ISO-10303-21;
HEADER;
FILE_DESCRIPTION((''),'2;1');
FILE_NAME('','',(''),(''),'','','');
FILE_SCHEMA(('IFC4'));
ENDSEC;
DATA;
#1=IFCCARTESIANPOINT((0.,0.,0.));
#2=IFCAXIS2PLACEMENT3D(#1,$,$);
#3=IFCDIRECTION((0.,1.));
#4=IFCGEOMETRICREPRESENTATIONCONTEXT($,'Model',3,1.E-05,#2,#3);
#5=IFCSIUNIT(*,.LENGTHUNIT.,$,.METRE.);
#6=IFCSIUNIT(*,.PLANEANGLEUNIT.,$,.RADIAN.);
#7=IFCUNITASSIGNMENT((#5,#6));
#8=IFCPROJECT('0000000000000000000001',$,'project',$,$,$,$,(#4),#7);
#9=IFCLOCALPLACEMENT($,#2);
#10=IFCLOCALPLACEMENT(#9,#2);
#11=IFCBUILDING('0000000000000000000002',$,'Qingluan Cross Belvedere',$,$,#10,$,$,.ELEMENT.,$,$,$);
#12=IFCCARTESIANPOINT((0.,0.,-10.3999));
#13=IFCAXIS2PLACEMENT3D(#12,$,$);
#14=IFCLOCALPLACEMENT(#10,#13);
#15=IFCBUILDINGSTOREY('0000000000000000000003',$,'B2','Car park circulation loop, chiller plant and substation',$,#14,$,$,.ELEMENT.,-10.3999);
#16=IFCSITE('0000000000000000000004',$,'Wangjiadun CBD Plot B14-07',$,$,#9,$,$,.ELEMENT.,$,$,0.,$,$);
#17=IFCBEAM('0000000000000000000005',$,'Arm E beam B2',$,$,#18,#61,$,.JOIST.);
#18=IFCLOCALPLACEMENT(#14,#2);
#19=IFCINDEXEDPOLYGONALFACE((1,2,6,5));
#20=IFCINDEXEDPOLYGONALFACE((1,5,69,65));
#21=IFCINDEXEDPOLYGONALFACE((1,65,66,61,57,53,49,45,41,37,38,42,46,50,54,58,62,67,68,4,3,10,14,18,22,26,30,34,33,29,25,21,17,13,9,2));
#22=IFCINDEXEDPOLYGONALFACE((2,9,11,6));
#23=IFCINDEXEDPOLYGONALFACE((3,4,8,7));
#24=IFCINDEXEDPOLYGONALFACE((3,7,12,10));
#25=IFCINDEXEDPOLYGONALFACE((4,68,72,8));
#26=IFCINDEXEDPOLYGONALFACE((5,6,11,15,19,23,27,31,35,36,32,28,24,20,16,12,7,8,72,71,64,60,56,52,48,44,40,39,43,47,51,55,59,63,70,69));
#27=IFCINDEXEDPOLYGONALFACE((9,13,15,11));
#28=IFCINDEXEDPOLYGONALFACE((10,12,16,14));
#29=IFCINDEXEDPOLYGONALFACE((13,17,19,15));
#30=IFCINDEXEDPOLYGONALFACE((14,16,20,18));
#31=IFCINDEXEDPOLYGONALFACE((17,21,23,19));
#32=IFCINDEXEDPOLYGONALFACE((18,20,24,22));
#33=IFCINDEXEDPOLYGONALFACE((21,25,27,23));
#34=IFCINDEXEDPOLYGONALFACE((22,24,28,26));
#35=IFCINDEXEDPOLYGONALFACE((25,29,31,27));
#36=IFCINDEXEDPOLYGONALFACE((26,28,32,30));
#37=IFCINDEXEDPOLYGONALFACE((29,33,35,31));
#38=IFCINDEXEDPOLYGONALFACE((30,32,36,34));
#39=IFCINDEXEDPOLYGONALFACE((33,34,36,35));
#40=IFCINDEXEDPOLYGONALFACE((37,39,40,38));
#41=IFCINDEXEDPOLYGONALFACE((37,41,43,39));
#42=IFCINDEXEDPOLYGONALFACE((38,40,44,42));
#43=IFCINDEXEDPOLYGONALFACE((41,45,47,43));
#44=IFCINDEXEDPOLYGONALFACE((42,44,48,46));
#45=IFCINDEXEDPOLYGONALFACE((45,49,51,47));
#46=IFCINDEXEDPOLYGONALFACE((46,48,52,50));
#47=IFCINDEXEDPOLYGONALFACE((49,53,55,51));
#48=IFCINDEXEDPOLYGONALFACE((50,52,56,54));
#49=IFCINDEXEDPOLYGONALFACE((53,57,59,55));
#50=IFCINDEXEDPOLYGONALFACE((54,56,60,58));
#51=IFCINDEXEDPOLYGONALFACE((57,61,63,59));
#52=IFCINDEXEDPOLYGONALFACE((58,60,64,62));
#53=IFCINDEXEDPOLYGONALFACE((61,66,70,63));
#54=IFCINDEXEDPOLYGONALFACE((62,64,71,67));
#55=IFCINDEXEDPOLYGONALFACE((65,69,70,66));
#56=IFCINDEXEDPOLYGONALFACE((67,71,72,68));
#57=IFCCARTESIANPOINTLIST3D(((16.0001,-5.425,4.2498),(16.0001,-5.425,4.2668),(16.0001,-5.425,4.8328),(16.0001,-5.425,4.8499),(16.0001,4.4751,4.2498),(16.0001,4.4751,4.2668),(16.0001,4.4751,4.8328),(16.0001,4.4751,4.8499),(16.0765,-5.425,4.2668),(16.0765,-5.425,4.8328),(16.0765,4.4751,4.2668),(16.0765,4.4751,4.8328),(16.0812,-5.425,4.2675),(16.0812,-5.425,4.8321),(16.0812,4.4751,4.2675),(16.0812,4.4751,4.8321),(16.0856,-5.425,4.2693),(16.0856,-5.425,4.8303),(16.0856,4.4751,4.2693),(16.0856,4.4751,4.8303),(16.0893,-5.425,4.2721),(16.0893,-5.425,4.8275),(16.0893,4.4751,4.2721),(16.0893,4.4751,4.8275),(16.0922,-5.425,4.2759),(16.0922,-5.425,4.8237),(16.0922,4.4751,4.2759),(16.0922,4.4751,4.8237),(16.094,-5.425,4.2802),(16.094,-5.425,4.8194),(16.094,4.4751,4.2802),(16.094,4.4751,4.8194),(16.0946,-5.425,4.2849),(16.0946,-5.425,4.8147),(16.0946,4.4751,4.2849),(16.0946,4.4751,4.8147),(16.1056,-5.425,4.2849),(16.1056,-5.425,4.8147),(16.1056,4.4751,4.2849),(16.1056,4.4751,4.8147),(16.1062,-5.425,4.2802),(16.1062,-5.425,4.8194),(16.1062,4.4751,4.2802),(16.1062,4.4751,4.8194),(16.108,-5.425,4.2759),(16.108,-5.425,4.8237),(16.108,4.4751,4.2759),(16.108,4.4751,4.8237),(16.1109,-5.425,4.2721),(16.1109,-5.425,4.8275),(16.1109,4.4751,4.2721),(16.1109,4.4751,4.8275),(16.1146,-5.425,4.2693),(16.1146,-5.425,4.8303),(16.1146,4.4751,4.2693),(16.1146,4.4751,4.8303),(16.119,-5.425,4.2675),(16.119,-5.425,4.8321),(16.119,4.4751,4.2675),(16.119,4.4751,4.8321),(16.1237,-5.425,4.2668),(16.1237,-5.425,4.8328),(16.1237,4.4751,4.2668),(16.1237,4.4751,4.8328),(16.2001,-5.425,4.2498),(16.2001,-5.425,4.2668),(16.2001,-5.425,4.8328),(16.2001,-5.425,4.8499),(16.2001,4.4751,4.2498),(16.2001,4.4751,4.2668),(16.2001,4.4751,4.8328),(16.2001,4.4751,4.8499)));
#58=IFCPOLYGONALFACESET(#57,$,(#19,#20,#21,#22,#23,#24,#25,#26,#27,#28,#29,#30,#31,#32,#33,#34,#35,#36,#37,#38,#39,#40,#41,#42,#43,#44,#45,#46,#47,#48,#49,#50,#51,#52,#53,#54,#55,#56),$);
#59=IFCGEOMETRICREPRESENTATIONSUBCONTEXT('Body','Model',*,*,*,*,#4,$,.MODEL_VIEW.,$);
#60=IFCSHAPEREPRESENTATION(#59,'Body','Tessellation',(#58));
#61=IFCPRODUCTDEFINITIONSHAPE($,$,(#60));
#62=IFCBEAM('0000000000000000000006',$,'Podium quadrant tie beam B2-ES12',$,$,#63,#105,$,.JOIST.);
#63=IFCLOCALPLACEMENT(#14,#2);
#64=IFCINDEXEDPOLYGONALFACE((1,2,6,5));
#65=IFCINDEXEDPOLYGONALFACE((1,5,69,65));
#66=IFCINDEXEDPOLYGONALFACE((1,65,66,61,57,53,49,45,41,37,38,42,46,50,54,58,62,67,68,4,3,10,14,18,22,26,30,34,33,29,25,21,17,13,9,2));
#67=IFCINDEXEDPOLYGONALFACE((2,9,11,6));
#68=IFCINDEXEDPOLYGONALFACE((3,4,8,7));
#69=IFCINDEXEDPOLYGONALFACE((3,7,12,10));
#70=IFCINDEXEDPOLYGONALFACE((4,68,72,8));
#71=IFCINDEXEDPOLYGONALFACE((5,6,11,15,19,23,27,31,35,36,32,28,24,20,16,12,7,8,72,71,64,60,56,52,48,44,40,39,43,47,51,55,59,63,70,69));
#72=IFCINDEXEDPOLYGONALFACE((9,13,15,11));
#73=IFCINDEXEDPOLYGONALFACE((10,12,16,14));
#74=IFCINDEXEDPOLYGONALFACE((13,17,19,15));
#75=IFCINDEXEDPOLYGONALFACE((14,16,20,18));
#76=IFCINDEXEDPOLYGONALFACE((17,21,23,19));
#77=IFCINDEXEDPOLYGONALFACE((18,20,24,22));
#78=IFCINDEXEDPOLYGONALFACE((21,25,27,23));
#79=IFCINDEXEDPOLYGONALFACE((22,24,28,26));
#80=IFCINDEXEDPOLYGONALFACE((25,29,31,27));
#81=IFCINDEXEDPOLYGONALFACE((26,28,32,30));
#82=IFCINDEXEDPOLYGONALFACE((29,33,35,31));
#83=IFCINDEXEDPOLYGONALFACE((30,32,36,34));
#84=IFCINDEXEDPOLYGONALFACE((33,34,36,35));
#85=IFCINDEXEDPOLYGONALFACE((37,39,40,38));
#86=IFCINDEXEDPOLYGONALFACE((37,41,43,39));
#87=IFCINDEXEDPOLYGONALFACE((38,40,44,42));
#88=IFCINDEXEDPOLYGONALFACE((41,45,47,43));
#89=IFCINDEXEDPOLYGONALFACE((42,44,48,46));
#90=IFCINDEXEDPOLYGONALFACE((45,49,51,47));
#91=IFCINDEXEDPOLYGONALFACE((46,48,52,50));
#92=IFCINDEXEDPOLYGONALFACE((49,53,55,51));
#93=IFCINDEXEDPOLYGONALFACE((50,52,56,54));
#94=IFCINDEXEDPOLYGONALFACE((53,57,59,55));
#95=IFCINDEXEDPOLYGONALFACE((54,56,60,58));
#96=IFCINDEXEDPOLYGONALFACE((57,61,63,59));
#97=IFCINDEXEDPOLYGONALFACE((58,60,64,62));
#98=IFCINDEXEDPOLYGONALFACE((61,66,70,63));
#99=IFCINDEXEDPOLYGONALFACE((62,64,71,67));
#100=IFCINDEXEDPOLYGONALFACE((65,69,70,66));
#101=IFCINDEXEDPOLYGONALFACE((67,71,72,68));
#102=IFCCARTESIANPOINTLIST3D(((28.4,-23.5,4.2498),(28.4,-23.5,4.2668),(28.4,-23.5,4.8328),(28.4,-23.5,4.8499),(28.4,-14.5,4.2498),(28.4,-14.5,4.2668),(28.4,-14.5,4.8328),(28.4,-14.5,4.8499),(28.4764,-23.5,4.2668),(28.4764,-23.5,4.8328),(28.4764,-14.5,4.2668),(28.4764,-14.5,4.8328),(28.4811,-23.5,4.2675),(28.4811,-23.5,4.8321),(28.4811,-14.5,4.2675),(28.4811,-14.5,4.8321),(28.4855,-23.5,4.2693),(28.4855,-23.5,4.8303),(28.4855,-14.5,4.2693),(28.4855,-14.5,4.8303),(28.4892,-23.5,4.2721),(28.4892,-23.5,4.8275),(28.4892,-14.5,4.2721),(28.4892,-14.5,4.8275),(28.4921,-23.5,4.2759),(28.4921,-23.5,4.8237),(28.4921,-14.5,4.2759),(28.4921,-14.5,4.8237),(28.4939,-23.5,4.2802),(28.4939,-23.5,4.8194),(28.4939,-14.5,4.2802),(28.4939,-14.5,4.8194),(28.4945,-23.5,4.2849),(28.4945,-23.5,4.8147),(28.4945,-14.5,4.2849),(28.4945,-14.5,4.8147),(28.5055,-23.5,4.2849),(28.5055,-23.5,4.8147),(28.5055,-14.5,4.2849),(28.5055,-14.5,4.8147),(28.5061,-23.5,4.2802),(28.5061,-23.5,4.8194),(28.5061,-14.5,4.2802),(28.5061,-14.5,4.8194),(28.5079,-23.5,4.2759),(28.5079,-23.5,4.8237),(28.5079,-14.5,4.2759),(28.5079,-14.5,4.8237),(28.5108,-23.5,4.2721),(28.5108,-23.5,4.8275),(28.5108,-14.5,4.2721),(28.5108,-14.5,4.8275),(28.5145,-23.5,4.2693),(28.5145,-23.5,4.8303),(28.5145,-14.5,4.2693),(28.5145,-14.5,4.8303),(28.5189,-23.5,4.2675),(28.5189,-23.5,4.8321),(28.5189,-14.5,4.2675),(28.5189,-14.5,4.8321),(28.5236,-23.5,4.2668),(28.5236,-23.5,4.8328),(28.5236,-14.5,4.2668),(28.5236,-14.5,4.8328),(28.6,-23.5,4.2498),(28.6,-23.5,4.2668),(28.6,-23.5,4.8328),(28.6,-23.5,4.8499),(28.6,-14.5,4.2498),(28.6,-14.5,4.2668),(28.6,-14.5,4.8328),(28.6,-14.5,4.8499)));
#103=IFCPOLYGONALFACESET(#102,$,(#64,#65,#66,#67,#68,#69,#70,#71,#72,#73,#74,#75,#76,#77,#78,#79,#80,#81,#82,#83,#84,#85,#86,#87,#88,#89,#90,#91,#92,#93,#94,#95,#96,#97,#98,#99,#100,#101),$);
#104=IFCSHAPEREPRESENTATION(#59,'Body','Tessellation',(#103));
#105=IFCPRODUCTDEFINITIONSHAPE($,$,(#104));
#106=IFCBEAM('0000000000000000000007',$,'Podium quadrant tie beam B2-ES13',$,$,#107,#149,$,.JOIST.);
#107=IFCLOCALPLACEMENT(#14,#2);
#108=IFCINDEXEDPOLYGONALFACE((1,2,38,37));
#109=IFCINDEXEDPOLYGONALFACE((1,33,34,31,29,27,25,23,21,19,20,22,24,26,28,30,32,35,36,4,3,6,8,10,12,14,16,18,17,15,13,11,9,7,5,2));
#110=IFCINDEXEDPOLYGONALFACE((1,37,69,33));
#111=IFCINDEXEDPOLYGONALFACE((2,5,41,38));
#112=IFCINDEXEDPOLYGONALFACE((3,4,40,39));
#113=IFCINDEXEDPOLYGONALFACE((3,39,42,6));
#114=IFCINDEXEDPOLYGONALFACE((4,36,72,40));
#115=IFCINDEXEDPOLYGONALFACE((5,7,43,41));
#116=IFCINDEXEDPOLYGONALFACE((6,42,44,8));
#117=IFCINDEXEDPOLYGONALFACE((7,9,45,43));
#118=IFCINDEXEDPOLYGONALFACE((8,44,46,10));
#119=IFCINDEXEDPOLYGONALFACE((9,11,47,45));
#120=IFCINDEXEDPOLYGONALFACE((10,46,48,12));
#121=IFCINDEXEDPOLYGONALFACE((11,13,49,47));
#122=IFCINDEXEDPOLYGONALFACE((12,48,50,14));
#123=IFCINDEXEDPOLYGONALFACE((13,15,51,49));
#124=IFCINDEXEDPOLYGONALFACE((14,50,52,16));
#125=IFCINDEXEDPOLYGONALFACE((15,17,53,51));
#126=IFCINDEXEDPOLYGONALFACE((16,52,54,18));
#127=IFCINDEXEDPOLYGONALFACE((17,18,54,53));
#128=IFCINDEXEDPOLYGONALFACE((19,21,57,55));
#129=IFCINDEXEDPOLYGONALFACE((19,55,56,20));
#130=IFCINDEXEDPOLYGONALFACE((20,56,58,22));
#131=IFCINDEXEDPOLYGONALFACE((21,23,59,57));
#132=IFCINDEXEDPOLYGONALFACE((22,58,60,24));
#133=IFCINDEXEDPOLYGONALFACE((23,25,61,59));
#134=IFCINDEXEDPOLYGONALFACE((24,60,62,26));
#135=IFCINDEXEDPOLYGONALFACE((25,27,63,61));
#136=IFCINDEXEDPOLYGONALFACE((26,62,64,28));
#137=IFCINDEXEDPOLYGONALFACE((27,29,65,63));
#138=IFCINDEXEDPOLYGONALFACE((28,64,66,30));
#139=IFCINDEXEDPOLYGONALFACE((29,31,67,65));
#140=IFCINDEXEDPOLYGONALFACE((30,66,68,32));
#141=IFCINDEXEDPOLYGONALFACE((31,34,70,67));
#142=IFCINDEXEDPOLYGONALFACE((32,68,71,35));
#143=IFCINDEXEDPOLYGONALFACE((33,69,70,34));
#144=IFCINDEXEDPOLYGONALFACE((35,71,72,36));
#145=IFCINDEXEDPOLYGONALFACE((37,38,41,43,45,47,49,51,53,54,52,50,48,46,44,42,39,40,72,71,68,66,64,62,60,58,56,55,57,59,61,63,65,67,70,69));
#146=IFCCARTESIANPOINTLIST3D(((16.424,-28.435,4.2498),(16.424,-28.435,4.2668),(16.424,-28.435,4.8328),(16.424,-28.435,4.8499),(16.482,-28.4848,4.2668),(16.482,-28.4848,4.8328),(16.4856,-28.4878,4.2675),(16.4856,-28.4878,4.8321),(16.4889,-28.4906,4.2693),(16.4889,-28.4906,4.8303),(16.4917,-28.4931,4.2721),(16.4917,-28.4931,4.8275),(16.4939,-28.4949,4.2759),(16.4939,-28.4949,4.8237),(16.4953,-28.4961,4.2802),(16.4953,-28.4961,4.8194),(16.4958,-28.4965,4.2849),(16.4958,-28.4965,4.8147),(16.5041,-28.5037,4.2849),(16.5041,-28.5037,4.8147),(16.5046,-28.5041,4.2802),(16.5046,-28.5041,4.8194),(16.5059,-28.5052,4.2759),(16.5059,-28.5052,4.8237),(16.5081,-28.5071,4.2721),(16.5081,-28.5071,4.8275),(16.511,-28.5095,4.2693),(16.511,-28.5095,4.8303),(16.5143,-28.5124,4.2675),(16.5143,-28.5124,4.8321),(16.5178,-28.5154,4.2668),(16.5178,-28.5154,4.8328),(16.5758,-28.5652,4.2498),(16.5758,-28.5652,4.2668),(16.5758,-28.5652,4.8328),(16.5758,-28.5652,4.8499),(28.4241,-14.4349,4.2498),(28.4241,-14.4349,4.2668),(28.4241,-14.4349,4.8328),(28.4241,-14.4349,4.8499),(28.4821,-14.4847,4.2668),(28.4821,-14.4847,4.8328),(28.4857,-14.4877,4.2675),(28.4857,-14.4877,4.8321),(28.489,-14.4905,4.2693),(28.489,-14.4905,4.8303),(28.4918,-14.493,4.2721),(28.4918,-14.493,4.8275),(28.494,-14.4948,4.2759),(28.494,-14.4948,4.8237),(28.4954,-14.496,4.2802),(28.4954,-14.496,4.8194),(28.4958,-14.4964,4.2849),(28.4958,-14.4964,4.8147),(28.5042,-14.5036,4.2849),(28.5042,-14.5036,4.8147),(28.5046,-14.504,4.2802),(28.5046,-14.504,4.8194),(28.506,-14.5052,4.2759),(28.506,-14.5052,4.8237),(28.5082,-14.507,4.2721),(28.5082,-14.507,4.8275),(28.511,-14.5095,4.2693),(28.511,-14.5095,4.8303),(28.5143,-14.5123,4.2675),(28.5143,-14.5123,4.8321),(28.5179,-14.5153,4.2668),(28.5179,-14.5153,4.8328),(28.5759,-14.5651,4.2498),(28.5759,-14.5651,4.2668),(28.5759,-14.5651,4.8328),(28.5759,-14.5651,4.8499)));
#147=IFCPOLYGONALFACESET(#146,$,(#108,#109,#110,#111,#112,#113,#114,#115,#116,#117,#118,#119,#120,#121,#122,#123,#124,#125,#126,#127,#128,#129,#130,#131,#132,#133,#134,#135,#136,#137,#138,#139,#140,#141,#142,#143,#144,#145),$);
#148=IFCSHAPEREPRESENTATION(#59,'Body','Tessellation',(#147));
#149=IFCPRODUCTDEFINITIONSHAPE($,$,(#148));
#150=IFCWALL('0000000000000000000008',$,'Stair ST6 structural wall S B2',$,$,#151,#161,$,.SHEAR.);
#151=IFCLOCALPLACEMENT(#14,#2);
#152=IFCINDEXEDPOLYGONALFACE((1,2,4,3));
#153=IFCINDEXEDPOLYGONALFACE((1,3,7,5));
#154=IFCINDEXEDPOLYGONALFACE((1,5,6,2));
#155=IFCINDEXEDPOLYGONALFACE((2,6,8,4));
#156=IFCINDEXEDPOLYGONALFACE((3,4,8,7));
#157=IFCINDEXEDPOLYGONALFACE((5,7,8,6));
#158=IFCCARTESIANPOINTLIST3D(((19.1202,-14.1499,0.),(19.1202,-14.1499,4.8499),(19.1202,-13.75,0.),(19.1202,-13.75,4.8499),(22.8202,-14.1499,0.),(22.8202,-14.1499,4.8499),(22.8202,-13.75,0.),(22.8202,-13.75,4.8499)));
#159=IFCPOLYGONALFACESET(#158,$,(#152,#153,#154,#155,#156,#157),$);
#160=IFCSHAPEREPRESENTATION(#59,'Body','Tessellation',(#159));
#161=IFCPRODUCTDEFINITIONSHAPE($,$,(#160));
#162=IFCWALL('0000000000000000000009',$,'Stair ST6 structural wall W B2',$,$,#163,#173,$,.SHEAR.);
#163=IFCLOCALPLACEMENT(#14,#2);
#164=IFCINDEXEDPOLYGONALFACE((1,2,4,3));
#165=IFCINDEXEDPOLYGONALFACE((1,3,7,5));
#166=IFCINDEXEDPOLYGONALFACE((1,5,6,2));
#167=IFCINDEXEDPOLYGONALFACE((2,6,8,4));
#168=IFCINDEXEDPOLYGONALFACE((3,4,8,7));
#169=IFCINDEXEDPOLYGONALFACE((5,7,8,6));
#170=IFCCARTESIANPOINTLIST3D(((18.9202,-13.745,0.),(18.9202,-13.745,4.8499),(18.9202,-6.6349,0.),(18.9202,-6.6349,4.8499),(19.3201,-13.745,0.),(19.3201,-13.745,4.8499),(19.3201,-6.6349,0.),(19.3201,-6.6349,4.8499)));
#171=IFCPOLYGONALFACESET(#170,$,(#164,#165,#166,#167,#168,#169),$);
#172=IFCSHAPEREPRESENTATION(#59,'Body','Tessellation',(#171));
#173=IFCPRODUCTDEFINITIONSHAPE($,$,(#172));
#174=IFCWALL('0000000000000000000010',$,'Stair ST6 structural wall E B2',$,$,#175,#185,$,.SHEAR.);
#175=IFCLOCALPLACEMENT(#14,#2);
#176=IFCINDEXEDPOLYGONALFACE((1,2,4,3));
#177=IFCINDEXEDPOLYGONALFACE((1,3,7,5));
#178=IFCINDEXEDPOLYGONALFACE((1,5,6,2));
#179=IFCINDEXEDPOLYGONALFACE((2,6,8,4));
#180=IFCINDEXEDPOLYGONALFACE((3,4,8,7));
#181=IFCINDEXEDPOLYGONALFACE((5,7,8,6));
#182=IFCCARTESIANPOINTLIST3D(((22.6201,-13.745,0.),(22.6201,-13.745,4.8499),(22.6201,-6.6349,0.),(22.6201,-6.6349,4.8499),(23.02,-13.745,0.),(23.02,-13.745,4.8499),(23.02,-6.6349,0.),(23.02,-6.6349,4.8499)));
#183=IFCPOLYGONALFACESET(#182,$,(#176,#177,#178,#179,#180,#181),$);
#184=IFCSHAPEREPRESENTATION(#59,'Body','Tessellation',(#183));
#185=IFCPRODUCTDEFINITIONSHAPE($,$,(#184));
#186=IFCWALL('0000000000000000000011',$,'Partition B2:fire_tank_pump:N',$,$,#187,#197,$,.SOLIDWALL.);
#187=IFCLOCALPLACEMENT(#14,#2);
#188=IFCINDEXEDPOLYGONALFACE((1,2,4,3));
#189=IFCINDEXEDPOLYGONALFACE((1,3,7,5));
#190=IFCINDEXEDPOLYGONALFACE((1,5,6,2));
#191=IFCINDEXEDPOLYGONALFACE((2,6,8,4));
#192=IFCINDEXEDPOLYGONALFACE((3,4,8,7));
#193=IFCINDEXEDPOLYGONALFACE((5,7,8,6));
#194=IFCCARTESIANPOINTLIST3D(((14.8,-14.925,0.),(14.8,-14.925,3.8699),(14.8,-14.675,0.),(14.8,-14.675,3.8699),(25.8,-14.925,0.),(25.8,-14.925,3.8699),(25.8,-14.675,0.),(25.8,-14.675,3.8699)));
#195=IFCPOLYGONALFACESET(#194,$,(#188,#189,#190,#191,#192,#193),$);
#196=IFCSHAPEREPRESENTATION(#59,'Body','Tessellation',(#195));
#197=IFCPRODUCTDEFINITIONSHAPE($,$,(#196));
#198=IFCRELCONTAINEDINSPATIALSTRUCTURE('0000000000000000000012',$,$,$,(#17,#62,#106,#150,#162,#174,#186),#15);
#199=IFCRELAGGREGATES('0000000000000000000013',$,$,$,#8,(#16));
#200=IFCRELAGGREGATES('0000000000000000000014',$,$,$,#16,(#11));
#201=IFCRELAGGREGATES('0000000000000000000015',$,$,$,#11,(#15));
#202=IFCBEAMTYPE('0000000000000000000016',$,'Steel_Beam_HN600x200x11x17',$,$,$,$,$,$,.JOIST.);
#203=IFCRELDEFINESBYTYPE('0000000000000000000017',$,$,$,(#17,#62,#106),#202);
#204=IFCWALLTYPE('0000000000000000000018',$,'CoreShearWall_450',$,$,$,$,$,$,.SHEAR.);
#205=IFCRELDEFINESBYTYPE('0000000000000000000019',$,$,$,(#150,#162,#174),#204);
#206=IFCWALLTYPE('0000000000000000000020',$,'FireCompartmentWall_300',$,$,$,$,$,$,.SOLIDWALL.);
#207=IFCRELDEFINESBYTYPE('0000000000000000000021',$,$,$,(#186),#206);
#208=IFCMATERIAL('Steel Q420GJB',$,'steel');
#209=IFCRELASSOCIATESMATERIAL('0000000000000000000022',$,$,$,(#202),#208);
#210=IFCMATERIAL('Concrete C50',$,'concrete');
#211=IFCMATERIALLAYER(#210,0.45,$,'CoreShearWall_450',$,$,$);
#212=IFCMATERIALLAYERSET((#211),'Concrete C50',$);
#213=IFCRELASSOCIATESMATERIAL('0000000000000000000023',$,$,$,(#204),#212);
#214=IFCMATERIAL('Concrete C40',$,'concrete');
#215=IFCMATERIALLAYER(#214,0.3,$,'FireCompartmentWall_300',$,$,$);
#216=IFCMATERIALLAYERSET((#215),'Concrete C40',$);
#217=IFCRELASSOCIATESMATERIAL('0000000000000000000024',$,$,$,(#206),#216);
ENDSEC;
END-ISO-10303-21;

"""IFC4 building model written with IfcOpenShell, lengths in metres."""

from ifc_helpers import new_model, si_unit, direction, frame, frame_2d, origin, origin_2d, place, context, subcontext, project, spatial, rectangle, i_section, extrude, material, layer, layer_set, material_profile, profile_set, type_object, element, save


model = new_model("IFC4")

# Units and contexts
model_context = context("Model", 3, precision=1e-05, world=origin(), true_north=direction((0.0, 1.0)))
body_context = subcontext(model_context, "Body", "Model", "MODEL_VIEW")
ifc_project = project(units=[si_unit("LENGTHUNIT", "METRE"), si_unit("PLANEANGLEUNIT", "RADIAN")], contexts=[model_context])

# Site, building, storey
site_placement = place(None, origin())
site = spatial("IfcSite", under=ifc_project, at=site_placement, Name="Wangjiadun CBD Plot B14-07", CompositionType="ELEMENT", RefElevation=0.0)
building_placement = place(site_placement, origin())
building = spatial("IfcBuilding", under=site, at=building_placement, Name="Qingluan Cross Belvedere", CompositionType="ELEMENT")
storey_placement = place(building_placement, frame((0.0, 0.0, -10.3999)))
storey = spatial("IfcBuildingStorey", under=building, at=storey_placement, Name="B2", Description="Car park circulation loop, chiller plant and substation", CompositionType="ELEMENT", Elevation=-10.3999)

# Beams
ifc_material_1 = material(Name="Steel Q420GJB", Category="steel")
ifc_material_profile_1 = material_profile(ifc_material_1, i_section(OverallWidth=0.2, OverallDepth=0.6001, WebThickness=0.011, FlangeThickness=0.0171, FilletRadius=0.0181, at=origin_2d()), Name="HN600x200x11x17")
ifc_profile_set_1 = profile_set([ifc_material_profile_1], Name="Steel Q420GJB")
beam_type_1 = type_object("IfcBeamType", Name="Steel_Beam_HN600x200x11x17", PredefinedType="JOIST", material=ifc_profile_set_1)
beam_1_placement = place(storey_placement, frame((16.1001, -5.425, 4.5498), z_axis=(0.0, 1.0, 0.0), x_axis=(-1.0, 0.0, 0.0)))
element("IfcBeam", 1, at=beam_1_placement, inside=storey, type_object=beam_type_1, Name="Arm E beam B2", PredefinedType="JOIST", context=body_context, shape_type="SweptSolid", body=[
    extrude(i_section(OverallWidth=0.2, OverallDepth=0.6001, WebThickness=0.011, FlangeThickness=0.0171, FilletRadius=0.0181, at=origin_2d()), origin(), (0.0, 0.0, 1.0), 9.9001),
])
beam_2_placement = place(storey_placement, frame((28.5, -14.5, 4.5498), z_axis=(0.0, -1.0, 0.0), x_axis=(1.0, 0.0, 0.0)))
element("IfcBeam", 2, at=beam_2_placement, inside=storey, type_object=beam_type_1, Name="Podium quadrant tie beam B2-ES12", PredefinedType="JOIST", context=body_context, shape_type="SweptSolid", body=[
    extrude(i_section(OverallWidth=0.2, OverallDepth=0.6001, WebThickness=0.011, FlangeThickness=0.0171, FilletRadius=0.0181, at=origin_2d()), origin(), (0.0, 0.0, 1.0), 9.0),
])
beam_3_placement = place(storey_placement, frame((28.5, -14.5, 4.5498), z_axis=(-0.650791, -0.759257, 0.0), x_axis=(0.759257, -0.650791, 0.0)))
element("IfcBeam", 3, at=beam_3_placement, inside=storey, type_object=beam_type_1, Name="Podium quadrant tie beam B2-ES13", PredefinedType="JOIST", context=body_context, shape_type="SweptSolid", body=[
    extrude(i_section(OverallWidth=0.2, OverallDepth=0.6001, WebThickness=0.011, FlangeThickness=0.0171, FilletRadius=0.0181, at=origin_2d()), origin(), (0.0, 0.0, 1.0), 18.4392),
])

# Shared definitions
ifc_material_2 = material(Name="Concrete C50", Category="concrete")
ifc_layer_1 = layer(ifc_material_2, 0.45, Name="CoreShearWall_450")
ifc_layer_set_1 = layer_set([ifc_layer_1], Name="Concrete C50")
wall_type_1 = type_object("IfcWallType", Name="CoreShearWall_450", PredefinedType="SHEAR", material=ifc_layer_set_1)

# Walls
wall_1_placement = place(storey_placement, frame((19.1201, -13.95, 0.0), z_axis=(0.0, 0.0, 1.0), x_axis=(1.0, 0.0, 0.0)))
element("IfcWall", 4, at=wall_1_placement, inside=storey, type_object=wall_type_1, Name="Stair ST6 structural wall S B2", PredefinedType="SHEAR", context=body_context, shape_type="SweptSolid", body=[
    extrude(rectangle(XDim=3.7, YDim=0.3999, at=frame_2d((1.8501, 0.0))), origin(), (0.0, 0.0, 1.0), 4.8499),
])
for number, where, z_axis, x_axis, name in (
    (5, (19.1201, -13.7451, 0.0), (0.0, 0.0, 1.0), (0.0, 1.0, 0.0), "Stair ST6 structural wall W B2"),
    (6, (22.8201, -13.7451, 0.0), (0.0, 0.0, 1.0), (0.0, 1.0, 0.0), "Stair ST6 structural wall E B2"),
):
    element("IfcWall", number, at=place(storey_placement, frame(where, z_axis=z_axis, x_axis=x_axis)), inside=storey, type_object=wall_type_1, Name=name, PredefinedType="SHEAR", context=body_context, shape_type="SweptSolid", body=[
        extrude(rectangle(XDim=7.1101, YDim=0.3999, at=frame_2d((3.5552, 0.0))), origin(), (0.0, 0.0, 1.0), 4.8499),
    ])
ifc_material_3 = material(Name="Concrete C40", Category="concrete")
ifc_layer_2 = layer(ifc_material_3, 0.3, Name="FireCompartmentWall_300")
ifc_layer_set_2 = layer_set([ifc_layer_2], Name="Concrete C40")
wall_type_2 = type_object("IfcWallType", Name="FireCompartmentWall_300", PredefinedType="SOLIDWALL", material=ifc_layer_set_2)
wall_2_placement = place(storey_placement, frame((14.8, -14.8, 0.0), z_axis=(0.0, 0.0, 1.0), x_axis=(1.0, 0.0, 0.0)))
element("IfcWall", 7, at=wall_2_placement, inside=storey, type_object=wall_type_2, Name="Partition B2:fire_tank_pump:N", PredefinedType="SOLIDWALL", context=body_context, shape_type="SweptSolid", body=[
    extrude(rectangle(XDim=11.0, YDim=0.25, at=frame_2d((5.5, 0.0))), origin(), (0.0, 0.0, 1.0), 3.8699),
])

save(model, "model.ifc")
